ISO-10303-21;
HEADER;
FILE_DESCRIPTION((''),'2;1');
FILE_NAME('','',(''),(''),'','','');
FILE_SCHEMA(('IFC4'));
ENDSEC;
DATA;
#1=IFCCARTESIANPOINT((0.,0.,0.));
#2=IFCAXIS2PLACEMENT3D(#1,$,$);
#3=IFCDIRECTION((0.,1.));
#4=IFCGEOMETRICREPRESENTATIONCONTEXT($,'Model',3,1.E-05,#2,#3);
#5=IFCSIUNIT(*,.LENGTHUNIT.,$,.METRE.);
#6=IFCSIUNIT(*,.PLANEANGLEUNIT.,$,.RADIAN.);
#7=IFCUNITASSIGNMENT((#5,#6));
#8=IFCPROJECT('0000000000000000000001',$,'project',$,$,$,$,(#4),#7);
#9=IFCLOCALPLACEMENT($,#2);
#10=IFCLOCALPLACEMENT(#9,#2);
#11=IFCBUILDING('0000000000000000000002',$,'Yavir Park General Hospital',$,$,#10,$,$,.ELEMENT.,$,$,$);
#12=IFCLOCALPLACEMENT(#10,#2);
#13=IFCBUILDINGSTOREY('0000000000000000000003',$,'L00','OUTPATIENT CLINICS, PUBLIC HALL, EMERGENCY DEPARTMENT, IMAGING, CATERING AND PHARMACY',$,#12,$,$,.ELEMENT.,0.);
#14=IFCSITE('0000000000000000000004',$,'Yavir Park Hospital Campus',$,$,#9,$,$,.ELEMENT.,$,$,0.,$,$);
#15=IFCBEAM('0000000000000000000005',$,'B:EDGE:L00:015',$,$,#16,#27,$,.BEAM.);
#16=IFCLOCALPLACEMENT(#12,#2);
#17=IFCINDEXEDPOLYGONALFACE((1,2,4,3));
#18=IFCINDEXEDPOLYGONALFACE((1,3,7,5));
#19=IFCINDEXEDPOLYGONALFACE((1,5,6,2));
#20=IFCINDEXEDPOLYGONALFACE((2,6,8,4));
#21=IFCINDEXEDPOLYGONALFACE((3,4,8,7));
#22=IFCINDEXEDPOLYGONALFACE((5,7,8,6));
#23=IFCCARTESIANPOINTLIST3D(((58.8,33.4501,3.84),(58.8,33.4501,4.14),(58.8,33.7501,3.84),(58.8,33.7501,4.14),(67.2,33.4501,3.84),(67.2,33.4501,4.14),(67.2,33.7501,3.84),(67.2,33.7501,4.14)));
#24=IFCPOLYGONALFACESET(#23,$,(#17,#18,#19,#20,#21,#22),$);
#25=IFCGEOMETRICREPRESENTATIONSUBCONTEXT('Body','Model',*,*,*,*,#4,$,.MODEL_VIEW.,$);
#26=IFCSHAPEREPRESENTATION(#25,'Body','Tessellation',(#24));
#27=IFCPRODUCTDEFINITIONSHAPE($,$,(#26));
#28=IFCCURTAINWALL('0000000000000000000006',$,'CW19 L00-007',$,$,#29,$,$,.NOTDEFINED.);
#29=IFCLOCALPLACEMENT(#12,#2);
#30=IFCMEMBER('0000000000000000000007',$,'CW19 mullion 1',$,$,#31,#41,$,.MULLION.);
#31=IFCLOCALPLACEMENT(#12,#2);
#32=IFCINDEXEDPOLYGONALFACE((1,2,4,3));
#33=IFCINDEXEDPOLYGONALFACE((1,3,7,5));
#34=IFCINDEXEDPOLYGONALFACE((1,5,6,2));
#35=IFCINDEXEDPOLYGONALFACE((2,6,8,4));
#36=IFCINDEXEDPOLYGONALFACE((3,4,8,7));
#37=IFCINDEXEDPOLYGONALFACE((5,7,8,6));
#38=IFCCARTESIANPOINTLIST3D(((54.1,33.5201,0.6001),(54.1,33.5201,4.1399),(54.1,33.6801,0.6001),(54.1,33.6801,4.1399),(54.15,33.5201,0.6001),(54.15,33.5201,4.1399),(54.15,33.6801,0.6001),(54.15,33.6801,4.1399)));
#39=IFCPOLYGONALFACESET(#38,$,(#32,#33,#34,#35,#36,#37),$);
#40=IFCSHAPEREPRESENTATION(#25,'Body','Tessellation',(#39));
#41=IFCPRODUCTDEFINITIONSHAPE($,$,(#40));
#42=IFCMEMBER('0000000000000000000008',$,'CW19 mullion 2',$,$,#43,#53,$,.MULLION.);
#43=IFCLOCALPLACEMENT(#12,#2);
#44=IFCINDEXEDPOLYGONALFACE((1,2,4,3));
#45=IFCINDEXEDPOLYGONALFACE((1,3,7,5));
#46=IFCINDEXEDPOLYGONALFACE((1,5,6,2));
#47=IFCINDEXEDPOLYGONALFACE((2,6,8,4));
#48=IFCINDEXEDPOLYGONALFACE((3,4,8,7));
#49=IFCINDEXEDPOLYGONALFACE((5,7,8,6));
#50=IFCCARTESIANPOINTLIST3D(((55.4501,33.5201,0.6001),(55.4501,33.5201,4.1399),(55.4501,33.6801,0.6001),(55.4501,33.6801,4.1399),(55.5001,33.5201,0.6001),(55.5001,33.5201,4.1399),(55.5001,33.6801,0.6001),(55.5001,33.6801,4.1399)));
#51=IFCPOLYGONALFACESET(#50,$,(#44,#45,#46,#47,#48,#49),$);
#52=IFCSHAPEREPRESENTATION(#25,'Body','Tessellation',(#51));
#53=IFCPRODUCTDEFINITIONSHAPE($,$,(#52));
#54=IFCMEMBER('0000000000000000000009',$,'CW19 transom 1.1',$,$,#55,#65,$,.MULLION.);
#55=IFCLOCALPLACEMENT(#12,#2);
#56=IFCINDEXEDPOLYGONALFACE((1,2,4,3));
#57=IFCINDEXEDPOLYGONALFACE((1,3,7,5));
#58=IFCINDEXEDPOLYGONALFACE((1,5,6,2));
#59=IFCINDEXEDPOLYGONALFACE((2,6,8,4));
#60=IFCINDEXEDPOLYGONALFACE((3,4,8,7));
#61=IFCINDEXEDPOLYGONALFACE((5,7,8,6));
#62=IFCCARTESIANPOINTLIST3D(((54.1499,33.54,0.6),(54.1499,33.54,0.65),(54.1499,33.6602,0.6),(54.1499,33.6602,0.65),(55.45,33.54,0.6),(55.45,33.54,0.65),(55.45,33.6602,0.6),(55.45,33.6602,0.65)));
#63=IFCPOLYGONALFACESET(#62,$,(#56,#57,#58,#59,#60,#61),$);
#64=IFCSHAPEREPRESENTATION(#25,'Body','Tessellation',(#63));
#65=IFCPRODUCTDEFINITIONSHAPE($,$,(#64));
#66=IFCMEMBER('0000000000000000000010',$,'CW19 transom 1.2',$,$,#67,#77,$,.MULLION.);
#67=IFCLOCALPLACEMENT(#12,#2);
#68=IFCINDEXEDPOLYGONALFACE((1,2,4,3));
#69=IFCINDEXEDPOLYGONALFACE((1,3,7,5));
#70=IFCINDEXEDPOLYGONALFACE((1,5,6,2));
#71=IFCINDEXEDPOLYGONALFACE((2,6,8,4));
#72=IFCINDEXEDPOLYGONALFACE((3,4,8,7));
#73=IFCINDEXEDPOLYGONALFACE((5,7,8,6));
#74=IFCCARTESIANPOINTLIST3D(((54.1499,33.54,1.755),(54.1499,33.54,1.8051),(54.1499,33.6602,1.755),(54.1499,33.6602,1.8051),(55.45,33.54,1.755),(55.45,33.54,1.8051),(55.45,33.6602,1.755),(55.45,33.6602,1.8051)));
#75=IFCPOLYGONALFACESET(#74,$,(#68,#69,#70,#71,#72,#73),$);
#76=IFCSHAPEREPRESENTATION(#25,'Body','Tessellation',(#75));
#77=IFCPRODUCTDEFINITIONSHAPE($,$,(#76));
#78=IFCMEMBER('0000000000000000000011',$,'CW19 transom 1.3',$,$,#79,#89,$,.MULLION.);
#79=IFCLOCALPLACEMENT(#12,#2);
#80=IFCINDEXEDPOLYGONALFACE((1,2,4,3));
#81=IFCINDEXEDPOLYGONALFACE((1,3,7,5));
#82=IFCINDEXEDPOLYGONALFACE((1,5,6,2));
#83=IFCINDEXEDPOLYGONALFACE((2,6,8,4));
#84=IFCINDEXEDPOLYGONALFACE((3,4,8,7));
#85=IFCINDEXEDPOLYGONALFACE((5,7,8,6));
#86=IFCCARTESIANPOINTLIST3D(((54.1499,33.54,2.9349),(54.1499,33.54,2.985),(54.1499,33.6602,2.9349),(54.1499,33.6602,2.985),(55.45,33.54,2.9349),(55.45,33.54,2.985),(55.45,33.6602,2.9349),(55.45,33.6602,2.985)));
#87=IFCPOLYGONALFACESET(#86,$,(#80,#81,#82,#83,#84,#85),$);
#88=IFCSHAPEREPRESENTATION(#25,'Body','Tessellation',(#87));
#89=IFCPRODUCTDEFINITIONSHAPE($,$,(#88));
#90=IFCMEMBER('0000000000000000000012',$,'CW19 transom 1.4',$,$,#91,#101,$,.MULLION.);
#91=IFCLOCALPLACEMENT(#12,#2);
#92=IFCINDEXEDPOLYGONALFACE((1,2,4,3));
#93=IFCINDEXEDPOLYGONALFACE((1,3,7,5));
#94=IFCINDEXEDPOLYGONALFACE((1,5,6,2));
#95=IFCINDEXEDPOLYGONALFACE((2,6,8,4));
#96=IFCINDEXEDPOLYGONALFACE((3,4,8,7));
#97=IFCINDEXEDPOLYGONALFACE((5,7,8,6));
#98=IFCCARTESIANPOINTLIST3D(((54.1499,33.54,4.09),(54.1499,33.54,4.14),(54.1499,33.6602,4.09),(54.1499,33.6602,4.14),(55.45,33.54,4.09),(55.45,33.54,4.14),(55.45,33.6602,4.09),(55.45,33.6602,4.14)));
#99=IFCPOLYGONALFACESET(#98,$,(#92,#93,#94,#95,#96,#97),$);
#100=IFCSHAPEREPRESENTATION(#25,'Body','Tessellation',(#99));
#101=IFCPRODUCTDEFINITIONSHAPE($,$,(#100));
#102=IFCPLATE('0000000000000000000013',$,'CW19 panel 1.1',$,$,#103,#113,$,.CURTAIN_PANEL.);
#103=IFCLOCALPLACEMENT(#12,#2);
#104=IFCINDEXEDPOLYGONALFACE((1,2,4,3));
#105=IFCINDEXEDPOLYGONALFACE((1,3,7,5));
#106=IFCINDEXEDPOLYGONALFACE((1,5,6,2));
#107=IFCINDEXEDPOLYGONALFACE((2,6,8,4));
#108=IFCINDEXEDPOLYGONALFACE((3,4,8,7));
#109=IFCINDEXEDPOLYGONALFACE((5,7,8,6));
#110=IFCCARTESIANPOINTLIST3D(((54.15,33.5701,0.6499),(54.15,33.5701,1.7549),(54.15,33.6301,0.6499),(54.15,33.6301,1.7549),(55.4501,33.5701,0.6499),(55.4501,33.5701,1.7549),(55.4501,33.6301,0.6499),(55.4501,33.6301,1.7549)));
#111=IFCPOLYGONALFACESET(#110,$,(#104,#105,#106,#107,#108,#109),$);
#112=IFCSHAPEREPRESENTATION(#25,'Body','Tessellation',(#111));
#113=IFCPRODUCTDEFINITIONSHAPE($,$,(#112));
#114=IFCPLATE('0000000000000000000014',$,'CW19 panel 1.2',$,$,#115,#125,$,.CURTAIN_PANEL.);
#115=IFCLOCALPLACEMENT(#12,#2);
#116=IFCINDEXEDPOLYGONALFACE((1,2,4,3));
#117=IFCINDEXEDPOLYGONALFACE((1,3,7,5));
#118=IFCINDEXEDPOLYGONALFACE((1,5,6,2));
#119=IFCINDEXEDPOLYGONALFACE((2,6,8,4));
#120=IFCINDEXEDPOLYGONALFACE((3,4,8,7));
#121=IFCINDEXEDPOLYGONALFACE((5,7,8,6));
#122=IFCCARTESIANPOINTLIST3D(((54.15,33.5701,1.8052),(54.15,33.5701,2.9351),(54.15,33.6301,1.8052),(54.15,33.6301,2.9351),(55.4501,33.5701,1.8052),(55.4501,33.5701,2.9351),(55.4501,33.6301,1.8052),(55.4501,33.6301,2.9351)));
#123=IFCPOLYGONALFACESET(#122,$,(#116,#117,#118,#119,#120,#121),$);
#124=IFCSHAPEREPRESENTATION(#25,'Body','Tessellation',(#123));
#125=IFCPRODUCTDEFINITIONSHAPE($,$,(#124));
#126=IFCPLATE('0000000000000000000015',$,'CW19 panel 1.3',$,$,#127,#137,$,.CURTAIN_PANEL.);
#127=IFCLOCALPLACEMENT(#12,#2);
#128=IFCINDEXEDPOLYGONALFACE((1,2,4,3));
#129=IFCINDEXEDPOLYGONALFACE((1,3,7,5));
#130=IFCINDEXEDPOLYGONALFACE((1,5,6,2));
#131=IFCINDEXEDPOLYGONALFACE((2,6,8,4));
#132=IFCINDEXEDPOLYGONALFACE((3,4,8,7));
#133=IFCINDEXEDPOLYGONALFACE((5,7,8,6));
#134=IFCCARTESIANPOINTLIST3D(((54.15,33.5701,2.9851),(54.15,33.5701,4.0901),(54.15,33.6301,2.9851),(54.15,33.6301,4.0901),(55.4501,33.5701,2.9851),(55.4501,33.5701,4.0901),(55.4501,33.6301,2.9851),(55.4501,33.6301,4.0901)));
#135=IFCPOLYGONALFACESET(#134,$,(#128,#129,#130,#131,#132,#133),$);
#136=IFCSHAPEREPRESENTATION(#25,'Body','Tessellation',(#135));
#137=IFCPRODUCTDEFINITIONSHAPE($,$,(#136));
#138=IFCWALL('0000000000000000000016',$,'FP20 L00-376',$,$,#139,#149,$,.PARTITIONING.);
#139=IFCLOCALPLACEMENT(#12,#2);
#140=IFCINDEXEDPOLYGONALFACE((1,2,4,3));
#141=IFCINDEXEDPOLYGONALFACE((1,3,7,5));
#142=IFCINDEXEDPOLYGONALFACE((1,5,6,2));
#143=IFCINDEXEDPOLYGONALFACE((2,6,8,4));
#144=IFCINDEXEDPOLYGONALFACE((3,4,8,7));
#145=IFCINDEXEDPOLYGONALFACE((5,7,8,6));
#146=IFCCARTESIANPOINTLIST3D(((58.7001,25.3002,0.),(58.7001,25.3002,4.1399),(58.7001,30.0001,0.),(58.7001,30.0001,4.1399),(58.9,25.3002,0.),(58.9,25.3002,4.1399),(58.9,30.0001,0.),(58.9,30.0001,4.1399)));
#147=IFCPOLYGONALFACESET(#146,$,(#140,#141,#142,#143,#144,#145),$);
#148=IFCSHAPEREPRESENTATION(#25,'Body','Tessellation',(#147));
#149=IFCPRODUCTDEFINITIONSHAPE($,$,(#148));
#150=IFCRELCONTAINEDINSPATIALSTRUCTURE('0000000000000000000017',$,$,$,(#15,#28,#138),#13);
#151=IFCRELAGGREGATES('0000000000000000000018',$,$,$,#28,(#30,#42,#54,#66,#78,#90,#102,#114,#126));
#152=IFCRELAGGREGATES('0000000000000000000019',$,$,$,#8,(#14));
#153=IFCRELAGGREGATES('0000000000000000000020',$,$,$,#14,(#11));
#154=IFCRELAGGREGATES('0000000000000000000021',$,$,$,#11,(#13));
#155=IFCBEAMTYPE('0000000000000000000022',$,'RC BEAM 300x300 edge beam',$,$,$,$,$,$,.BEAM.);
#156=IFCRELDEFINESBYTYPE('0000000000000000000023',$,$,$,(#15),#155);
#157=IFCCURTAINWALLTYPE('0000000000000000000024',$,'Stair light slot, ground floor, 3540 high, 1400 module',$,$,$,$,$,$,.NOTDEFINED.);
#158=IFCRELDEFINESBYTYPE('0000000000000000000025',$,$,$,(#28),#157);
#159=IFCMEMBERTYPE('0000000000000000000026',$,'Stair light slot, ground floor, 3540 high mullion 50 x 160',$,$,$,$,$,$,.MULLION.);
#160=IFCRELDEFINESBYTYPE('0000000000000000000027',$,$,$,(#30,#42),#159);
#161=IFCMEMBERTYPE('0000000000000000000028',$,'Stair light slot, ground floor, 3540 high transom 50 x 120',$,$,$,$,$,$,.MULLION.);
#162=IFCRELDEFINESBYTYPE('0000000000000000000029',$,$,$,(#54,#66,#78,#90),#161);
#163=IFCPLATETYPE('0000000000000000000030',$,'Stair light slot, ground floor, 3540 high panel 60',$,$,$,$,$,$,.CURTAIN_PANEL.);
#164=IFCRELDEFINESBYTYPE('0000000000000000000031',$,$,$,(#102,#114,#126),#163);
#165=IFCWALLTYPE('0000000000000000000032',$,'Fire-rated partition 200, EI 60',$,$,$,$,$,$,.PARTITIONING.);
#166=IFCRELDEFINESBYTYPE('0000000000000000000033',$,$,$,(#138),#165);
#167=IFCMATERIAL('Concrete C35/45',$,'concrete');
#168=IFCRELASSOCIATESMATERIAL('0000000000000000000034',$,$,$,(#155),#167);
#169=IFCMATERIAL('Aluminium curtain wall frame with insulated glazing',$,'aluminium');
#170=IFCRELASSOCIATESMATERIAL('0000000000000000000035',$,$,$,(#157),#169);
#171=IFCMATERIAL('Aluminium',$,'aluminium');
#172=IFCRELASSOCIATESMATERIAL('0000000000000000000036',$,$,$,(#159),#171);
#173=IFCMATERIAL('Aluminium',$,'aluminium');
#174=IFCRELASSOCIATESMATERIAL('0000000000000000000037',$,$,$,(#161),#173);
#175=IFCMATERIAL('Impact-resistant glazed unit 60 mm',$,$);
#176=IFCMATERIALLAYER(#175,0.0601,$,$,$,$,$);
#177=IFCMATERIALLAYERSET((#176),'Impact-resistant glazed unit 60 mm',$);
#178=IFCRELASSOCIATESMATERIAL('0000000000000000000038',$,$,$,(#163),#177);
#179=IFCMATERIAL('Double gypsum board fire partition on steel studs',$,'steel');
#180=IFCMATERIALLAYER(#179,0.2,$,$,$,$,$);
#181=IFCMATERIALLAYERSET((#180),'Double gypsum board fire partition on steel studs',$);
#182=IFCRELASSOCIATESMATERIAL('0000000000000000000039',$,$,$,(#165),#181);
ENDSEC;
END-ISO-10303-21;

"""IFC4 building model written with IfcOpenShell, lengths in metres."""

from ifc_helpers import new_model, si_unit, direction, frame, frame_2d, origin, origin_2d, place, context, subcontext, project, spatial, rectangle, extrude, material, layer, layer_set, material_profile, profile_set, type_object, element, aggregate, save


model = new_model("IFC4")

# Units and contexts
model_context = context("Model", 3, precision=1e-05, world=origin(), true_north=direction((0.0, 1.0)))
body_context = subcontext(model_context, "Body", "Model", "MODEL_VIEW")
ifc_project = project(units=[si_unit("LENGTHUNIT", "METRE"), si_unit("PLANEANGLEUNIT", "RADIAN")], contexts=[model_context])

# Site, building, storey
site_placement = place(None, origin())
site = spatial("IfcSite", under=ifc_project, at=site_placement, Name="Yavir Park Hospital Campus", CompositionType="ELEMENT", RefElevation=0.0)
building_placement = place(site_placement, origin())
building = spatial("IfcBuilding", under=site, at=building_placement, Name="Yavir Park General Hospital", CompositionType="ELEMENT")
storey_placement = place(building_placement, origin())
storey = spatial("IfcBuildingStorey", under=building, at=storey_placement, Name="L00", Description="OUTPATIENT CLINICS, PUBLIC HALL, EMERGENCY DEPARTMENT, IMAGING, CATERING AND PHARMACY", CompositionType="ELEMENT", Elevation=0.0)

# Beam
ifc_material_1 = material(Name="Concrete C35/45", Category="concrete")
ifc_material_profile_1 = material_profile(ifc_material_1, rectangle(XDim=0.3, YDim=0.3, at=origin_2d()), Name="RC300x300")
ifc_profile_set_1 = profile_set([ifc_material_profile_1], Name="Concrete C35/45")
beam_type = type_object("IfcBeamType", Name="RC BEAM 300x300 edge beam", PredefinedType="BEAM", material=ifc_profile_set_1)
beam_placement = place(storey_placement, frame((58.8, 33.6001, 3.99), z_axis=(1.0, 0.0, 0.0), x_axis=(0.0, 1.0, 0.0)))
element("IfcBeam", 1, at=beam_placement, inside=storey, type_object=beam_type, Name="B:EDGE:L00:015", PredefinedType="BEAM", context=body_context, shape_type="SweptSolid", body=[
    extrude(rectangle(XDim=0.3, YDim=0.3, at=origin_2d()), origin(), (0.0, 0.0, 1.0), 8.3999),
])

# Curtain wall, members, plates
ifc_material_2 = material(Name="Aluminium curtain wall frame with insulated glazing", Category="aluminium")
curtain_wall_type = type_object("IfcCurtainWallType", Name="Stair light slot, ground floor, 3540 high, 1400 module", PredefinedType="NOTDEFINED", material=ifc_material_2)
curtain_wall_placement = place(storey_placement, origin())
curtain_wall = element("IfcCurtainWall", 2, at=curtain_wall_placement, inside=storey, type_object=curtain_wall_type, Name="CW19 L00-007", PredefinedType="NOTDEFINED")
ifc_material_3 = material(Name="Aluminium", Category="aluminium")
ifc_material_profile_2 = material_profile(ifc_material_3, rectangle(XDim=0.1599, YDim=0.05, at=origin_2d()), Name="AL 50x160")
ifc_profile_set_2 = profile_set([ifc_material_profile_2], Name="Aluminium")
member_type_1 = type_object("IfcMemberType", Name="Stair light slot, ground floor, 3540 high mullion 50 x 160", PredefinedType="MULLION", material=ifc_profile_set_2)
member_1_placement = place(storey_placement, frame((54.125, 33.6001, 0.6001), z_axis=(0.0, 0.0, 1.0), x_axis=(0.0, 1.0, 0.0)))
member_1 = element("IfcMember", 3, at=member_1_placement, type_object=member_type_1, Name="CW19 mullion 1", PredefinedType="MULLION", context=body_context, shape_type="SweptSolid", body=[
    extrude(rectangle(XDim=0.1599, YDim=0.05, at=origin_2d()), origin(), (0.0, 0.0, 1.0), 3.5398),
])
member_2_placement = place(storey_placement, frame((55.4751, 33.6001, 0.6001), z_axis=(0.0, 0.0, 1.0), x_axis=(0.0, 1.0, 0.0)))
member_2 = element("IfcMember", 4, at=member_2_placement, type_object=member_type_1, Name="CW19 mullion 2", PredefinedType="MULLION", context=body_context, shape_type="SweptSolid", body=[
    extrude(rectangle(XDim=0.1599, YDim=0.05, at=origin_2d()), origin(), (0.0, 0.0, 1.0), 3.5398),
])
ifc_material_4 = material(Name="Aluminium", Category="aluminium")
ifc_material_profile_3 = material_profile(ifc_material_4, rectangle(XDim=0.1201, YDim=0.05, at=origin_2d()), Name="AL 120x50")
ifc_profile_set_3 = profile_set([ifc_material_profile_3], Name="Aluminium")
member_type_2 = type_object("IfcMemberType", Name="Stair light slot, ground floor, 3540 high transom 50 x 120", PredefinedType="MULLION", material=ifc_profile_set_3)
member_3_placement = place(storey_placement, frame((54.1499, 33.6001, 0.625), z_axis=(1.0, 0.0, 0.0), x_axis=(0.0, 1.0, 0.0)))
member_3 = element("IfcMember", 5, at=member_3_placement, type_object=member_type_2, Name="CW19 transom 1.1", PredefinedType="MULLION", context=body_context, shape_type="SweptSolid", body=[
    extrude(rectangle(XDim=0.1201, YDim=0.05, at=origin_2d()), origin(), (0.0, 0.0, 1.0), 1.3),
])
member_4_placement = place(storey_placement, frame((54.1499, 33.6001, 1.78), z_axis=(1.0, 0.0, 0.0), x_axis=(0.0, 1.0, 0.0)))
member_4 = element("IfcMember", 6, at=member_4_placement, type_object=member_type_2, Name="CW19 transom 1.2", PredefinedType="MULLION", context=body_context, shape_type="SweptSolid", body=[
    extrude(rectangle(XDim=0.1201, YDim=0.05, at=origin_2d()), origin(), (0.0, 0.0, 1.0), 1.3),
])
member_5_placement = place(storey_placement, frame((54.1499, 33.6001, 2.96), z_axis=(1.0, 0.0, 0.0), x_axis=(0.0, 1.0, 0.0)))
member_5 = element("IfcMember", 7, at=member_5_placement, type_object=member_type_2, Name="CW19 transom 1.3", PredefinedType="MULLION", context=body_context, shape_type="SweptSolid", body=[
    extrude(rectangle(XDim=0.1201, YDim=0.05, at=origin_2d()), origin(), (0.0, 0.0, 1.0), 1.3),
])
member_6_placement = place(storey_placement, frame((54.1499, 33.6001, 4.115), z_axis=(1.0, 0.0, 0.0), x_axis=(0.0, 1.0, 0.0)))
member_6 = element("IfcMember", 8, at=member_6_placement, type_object=member_type_2, Name="CW19 transom 1.4", PredefinedType="MULLION", context=body_context, shape_type="SweptSolid", body=[
    extrude(rectangle(XDim=0.1201, YDim=0.05, at=origin_2d()), origin(), (0.0, 0.0, 1.0), 1.3),
])
ifc_material_5 = material(Name="Impact-resistant glazed unit 60 mm")
ifc_layer_1 = layer(ifc_material_5, 0.0601)
ifc_layer_set_1 = layer_set([ifc_layer_1], Name="Impact-resistant glazed unit 60 mm")
plate_type = type_object("IfcPlateType", Name="Stair light slot, ground floor, 3540 high panel 60", PredefinedType="CURTAIN_PANEL", material=ifc_layer_set_1)
plate_1_placement = place(storey_placement, frame((54.8, 33.6001, 0.6499), z_axis=(0.0, 0.0, 1.0), x_axis=(1.0, 0.0, 0.0)))
plate_1 = element("IfcPlate", 9, at=plate_1_placement, type_object=plate_type, Name="CW19 panel 1.1", PredefinedType="CURTAIN_PANEL", context=body_context, shape_type="SweptSolid", body=[
    extrude(rectangle(XDim=1.3, YDim=0.0601, at=origin_2d()), origin(), (0.0, 0.0, 1.0), 1.105),
])
plate_2_placement = place(storey_placement, frame((54.8, 33.6001, 1.8052), z_axis=(0.0, 0.0, 1.0), x_axis=(1.0, 0.0, 0.0)))
plate_2 = element("IfcPlate", 10, at=plate_2_placement, type_object=plate_type, Name="CW19 panel 1.2", PredefinedType="CURTAIN_PANEL", context=body_context, shape_type="SweptSolid", body=[
    extrude(rectangle(XDim=1.3, YDim=0.0601, at=origin_2d()), origin(), (0.0, 0.0, 1.0), 1.1299),
])
plate_3_placement = place(storey_placement, frame((54.8, 33.6001, 2.9851), z_axis=(0.0, 0.0, 1.0), x_axis=(1.0, 0.0, 0.0)))
plate_3 = element("IfcPlate", 11, at=plate_3_placement, type_object=plate_type, Name="CW19 panel 1.3", PredefinedType="CURTAIN_PANEL", context=body_context, shape_type="SweptSolid", body=[
    extrude(rectangle(XDim=1.3, YDim=0.0601, at=origin_2d()), origin(), (0.0, 0.0, 1.0), 1.105),
])
aggregate(curtain_wall, [member_1, member_2, member_3, member_4, member_5, member_6, plate_1, plate_2, plate_3])

# Wall
ifc_material_6 = material(Name="Double gypsum board fire partition on steel studs", Category="steel")
ifc_layer_2 = layer(ifc_material_6, 0.2)
ifc_layer_set_2 = layer_set([ifc_layer_2], Name="Double gypsum board fire partition on steel studs")
wall_type_1 = type_object("IfcWallType", Name="Fire-rated partition 200, EI 60", PredefinedType="PARTITIONING", material=ifc_layer_set_2)
wall_1_placement = place(storey_placement, frame((58.8, 25.3, 0.0), z_axis=(0.0, 0.0, 1.0), x_axis=(0.0, 1.0, 0.0)))
element("IfcWall", 12, at=wall_1_placement, inside=storey, type_object=wall_type_1, Name="FP20 L00-376", PredefinedType="PARTITIONING", context=body_context, shape_type="SweptSolid", body=[
    extrude(rectangle(XDim=4.7, YDim=0.2, at=frame_2d((2.3501, 0.0))), origin(), (0.0, 0.0, 1.0), 4.1399),
])

save(model, "model.ifc")
